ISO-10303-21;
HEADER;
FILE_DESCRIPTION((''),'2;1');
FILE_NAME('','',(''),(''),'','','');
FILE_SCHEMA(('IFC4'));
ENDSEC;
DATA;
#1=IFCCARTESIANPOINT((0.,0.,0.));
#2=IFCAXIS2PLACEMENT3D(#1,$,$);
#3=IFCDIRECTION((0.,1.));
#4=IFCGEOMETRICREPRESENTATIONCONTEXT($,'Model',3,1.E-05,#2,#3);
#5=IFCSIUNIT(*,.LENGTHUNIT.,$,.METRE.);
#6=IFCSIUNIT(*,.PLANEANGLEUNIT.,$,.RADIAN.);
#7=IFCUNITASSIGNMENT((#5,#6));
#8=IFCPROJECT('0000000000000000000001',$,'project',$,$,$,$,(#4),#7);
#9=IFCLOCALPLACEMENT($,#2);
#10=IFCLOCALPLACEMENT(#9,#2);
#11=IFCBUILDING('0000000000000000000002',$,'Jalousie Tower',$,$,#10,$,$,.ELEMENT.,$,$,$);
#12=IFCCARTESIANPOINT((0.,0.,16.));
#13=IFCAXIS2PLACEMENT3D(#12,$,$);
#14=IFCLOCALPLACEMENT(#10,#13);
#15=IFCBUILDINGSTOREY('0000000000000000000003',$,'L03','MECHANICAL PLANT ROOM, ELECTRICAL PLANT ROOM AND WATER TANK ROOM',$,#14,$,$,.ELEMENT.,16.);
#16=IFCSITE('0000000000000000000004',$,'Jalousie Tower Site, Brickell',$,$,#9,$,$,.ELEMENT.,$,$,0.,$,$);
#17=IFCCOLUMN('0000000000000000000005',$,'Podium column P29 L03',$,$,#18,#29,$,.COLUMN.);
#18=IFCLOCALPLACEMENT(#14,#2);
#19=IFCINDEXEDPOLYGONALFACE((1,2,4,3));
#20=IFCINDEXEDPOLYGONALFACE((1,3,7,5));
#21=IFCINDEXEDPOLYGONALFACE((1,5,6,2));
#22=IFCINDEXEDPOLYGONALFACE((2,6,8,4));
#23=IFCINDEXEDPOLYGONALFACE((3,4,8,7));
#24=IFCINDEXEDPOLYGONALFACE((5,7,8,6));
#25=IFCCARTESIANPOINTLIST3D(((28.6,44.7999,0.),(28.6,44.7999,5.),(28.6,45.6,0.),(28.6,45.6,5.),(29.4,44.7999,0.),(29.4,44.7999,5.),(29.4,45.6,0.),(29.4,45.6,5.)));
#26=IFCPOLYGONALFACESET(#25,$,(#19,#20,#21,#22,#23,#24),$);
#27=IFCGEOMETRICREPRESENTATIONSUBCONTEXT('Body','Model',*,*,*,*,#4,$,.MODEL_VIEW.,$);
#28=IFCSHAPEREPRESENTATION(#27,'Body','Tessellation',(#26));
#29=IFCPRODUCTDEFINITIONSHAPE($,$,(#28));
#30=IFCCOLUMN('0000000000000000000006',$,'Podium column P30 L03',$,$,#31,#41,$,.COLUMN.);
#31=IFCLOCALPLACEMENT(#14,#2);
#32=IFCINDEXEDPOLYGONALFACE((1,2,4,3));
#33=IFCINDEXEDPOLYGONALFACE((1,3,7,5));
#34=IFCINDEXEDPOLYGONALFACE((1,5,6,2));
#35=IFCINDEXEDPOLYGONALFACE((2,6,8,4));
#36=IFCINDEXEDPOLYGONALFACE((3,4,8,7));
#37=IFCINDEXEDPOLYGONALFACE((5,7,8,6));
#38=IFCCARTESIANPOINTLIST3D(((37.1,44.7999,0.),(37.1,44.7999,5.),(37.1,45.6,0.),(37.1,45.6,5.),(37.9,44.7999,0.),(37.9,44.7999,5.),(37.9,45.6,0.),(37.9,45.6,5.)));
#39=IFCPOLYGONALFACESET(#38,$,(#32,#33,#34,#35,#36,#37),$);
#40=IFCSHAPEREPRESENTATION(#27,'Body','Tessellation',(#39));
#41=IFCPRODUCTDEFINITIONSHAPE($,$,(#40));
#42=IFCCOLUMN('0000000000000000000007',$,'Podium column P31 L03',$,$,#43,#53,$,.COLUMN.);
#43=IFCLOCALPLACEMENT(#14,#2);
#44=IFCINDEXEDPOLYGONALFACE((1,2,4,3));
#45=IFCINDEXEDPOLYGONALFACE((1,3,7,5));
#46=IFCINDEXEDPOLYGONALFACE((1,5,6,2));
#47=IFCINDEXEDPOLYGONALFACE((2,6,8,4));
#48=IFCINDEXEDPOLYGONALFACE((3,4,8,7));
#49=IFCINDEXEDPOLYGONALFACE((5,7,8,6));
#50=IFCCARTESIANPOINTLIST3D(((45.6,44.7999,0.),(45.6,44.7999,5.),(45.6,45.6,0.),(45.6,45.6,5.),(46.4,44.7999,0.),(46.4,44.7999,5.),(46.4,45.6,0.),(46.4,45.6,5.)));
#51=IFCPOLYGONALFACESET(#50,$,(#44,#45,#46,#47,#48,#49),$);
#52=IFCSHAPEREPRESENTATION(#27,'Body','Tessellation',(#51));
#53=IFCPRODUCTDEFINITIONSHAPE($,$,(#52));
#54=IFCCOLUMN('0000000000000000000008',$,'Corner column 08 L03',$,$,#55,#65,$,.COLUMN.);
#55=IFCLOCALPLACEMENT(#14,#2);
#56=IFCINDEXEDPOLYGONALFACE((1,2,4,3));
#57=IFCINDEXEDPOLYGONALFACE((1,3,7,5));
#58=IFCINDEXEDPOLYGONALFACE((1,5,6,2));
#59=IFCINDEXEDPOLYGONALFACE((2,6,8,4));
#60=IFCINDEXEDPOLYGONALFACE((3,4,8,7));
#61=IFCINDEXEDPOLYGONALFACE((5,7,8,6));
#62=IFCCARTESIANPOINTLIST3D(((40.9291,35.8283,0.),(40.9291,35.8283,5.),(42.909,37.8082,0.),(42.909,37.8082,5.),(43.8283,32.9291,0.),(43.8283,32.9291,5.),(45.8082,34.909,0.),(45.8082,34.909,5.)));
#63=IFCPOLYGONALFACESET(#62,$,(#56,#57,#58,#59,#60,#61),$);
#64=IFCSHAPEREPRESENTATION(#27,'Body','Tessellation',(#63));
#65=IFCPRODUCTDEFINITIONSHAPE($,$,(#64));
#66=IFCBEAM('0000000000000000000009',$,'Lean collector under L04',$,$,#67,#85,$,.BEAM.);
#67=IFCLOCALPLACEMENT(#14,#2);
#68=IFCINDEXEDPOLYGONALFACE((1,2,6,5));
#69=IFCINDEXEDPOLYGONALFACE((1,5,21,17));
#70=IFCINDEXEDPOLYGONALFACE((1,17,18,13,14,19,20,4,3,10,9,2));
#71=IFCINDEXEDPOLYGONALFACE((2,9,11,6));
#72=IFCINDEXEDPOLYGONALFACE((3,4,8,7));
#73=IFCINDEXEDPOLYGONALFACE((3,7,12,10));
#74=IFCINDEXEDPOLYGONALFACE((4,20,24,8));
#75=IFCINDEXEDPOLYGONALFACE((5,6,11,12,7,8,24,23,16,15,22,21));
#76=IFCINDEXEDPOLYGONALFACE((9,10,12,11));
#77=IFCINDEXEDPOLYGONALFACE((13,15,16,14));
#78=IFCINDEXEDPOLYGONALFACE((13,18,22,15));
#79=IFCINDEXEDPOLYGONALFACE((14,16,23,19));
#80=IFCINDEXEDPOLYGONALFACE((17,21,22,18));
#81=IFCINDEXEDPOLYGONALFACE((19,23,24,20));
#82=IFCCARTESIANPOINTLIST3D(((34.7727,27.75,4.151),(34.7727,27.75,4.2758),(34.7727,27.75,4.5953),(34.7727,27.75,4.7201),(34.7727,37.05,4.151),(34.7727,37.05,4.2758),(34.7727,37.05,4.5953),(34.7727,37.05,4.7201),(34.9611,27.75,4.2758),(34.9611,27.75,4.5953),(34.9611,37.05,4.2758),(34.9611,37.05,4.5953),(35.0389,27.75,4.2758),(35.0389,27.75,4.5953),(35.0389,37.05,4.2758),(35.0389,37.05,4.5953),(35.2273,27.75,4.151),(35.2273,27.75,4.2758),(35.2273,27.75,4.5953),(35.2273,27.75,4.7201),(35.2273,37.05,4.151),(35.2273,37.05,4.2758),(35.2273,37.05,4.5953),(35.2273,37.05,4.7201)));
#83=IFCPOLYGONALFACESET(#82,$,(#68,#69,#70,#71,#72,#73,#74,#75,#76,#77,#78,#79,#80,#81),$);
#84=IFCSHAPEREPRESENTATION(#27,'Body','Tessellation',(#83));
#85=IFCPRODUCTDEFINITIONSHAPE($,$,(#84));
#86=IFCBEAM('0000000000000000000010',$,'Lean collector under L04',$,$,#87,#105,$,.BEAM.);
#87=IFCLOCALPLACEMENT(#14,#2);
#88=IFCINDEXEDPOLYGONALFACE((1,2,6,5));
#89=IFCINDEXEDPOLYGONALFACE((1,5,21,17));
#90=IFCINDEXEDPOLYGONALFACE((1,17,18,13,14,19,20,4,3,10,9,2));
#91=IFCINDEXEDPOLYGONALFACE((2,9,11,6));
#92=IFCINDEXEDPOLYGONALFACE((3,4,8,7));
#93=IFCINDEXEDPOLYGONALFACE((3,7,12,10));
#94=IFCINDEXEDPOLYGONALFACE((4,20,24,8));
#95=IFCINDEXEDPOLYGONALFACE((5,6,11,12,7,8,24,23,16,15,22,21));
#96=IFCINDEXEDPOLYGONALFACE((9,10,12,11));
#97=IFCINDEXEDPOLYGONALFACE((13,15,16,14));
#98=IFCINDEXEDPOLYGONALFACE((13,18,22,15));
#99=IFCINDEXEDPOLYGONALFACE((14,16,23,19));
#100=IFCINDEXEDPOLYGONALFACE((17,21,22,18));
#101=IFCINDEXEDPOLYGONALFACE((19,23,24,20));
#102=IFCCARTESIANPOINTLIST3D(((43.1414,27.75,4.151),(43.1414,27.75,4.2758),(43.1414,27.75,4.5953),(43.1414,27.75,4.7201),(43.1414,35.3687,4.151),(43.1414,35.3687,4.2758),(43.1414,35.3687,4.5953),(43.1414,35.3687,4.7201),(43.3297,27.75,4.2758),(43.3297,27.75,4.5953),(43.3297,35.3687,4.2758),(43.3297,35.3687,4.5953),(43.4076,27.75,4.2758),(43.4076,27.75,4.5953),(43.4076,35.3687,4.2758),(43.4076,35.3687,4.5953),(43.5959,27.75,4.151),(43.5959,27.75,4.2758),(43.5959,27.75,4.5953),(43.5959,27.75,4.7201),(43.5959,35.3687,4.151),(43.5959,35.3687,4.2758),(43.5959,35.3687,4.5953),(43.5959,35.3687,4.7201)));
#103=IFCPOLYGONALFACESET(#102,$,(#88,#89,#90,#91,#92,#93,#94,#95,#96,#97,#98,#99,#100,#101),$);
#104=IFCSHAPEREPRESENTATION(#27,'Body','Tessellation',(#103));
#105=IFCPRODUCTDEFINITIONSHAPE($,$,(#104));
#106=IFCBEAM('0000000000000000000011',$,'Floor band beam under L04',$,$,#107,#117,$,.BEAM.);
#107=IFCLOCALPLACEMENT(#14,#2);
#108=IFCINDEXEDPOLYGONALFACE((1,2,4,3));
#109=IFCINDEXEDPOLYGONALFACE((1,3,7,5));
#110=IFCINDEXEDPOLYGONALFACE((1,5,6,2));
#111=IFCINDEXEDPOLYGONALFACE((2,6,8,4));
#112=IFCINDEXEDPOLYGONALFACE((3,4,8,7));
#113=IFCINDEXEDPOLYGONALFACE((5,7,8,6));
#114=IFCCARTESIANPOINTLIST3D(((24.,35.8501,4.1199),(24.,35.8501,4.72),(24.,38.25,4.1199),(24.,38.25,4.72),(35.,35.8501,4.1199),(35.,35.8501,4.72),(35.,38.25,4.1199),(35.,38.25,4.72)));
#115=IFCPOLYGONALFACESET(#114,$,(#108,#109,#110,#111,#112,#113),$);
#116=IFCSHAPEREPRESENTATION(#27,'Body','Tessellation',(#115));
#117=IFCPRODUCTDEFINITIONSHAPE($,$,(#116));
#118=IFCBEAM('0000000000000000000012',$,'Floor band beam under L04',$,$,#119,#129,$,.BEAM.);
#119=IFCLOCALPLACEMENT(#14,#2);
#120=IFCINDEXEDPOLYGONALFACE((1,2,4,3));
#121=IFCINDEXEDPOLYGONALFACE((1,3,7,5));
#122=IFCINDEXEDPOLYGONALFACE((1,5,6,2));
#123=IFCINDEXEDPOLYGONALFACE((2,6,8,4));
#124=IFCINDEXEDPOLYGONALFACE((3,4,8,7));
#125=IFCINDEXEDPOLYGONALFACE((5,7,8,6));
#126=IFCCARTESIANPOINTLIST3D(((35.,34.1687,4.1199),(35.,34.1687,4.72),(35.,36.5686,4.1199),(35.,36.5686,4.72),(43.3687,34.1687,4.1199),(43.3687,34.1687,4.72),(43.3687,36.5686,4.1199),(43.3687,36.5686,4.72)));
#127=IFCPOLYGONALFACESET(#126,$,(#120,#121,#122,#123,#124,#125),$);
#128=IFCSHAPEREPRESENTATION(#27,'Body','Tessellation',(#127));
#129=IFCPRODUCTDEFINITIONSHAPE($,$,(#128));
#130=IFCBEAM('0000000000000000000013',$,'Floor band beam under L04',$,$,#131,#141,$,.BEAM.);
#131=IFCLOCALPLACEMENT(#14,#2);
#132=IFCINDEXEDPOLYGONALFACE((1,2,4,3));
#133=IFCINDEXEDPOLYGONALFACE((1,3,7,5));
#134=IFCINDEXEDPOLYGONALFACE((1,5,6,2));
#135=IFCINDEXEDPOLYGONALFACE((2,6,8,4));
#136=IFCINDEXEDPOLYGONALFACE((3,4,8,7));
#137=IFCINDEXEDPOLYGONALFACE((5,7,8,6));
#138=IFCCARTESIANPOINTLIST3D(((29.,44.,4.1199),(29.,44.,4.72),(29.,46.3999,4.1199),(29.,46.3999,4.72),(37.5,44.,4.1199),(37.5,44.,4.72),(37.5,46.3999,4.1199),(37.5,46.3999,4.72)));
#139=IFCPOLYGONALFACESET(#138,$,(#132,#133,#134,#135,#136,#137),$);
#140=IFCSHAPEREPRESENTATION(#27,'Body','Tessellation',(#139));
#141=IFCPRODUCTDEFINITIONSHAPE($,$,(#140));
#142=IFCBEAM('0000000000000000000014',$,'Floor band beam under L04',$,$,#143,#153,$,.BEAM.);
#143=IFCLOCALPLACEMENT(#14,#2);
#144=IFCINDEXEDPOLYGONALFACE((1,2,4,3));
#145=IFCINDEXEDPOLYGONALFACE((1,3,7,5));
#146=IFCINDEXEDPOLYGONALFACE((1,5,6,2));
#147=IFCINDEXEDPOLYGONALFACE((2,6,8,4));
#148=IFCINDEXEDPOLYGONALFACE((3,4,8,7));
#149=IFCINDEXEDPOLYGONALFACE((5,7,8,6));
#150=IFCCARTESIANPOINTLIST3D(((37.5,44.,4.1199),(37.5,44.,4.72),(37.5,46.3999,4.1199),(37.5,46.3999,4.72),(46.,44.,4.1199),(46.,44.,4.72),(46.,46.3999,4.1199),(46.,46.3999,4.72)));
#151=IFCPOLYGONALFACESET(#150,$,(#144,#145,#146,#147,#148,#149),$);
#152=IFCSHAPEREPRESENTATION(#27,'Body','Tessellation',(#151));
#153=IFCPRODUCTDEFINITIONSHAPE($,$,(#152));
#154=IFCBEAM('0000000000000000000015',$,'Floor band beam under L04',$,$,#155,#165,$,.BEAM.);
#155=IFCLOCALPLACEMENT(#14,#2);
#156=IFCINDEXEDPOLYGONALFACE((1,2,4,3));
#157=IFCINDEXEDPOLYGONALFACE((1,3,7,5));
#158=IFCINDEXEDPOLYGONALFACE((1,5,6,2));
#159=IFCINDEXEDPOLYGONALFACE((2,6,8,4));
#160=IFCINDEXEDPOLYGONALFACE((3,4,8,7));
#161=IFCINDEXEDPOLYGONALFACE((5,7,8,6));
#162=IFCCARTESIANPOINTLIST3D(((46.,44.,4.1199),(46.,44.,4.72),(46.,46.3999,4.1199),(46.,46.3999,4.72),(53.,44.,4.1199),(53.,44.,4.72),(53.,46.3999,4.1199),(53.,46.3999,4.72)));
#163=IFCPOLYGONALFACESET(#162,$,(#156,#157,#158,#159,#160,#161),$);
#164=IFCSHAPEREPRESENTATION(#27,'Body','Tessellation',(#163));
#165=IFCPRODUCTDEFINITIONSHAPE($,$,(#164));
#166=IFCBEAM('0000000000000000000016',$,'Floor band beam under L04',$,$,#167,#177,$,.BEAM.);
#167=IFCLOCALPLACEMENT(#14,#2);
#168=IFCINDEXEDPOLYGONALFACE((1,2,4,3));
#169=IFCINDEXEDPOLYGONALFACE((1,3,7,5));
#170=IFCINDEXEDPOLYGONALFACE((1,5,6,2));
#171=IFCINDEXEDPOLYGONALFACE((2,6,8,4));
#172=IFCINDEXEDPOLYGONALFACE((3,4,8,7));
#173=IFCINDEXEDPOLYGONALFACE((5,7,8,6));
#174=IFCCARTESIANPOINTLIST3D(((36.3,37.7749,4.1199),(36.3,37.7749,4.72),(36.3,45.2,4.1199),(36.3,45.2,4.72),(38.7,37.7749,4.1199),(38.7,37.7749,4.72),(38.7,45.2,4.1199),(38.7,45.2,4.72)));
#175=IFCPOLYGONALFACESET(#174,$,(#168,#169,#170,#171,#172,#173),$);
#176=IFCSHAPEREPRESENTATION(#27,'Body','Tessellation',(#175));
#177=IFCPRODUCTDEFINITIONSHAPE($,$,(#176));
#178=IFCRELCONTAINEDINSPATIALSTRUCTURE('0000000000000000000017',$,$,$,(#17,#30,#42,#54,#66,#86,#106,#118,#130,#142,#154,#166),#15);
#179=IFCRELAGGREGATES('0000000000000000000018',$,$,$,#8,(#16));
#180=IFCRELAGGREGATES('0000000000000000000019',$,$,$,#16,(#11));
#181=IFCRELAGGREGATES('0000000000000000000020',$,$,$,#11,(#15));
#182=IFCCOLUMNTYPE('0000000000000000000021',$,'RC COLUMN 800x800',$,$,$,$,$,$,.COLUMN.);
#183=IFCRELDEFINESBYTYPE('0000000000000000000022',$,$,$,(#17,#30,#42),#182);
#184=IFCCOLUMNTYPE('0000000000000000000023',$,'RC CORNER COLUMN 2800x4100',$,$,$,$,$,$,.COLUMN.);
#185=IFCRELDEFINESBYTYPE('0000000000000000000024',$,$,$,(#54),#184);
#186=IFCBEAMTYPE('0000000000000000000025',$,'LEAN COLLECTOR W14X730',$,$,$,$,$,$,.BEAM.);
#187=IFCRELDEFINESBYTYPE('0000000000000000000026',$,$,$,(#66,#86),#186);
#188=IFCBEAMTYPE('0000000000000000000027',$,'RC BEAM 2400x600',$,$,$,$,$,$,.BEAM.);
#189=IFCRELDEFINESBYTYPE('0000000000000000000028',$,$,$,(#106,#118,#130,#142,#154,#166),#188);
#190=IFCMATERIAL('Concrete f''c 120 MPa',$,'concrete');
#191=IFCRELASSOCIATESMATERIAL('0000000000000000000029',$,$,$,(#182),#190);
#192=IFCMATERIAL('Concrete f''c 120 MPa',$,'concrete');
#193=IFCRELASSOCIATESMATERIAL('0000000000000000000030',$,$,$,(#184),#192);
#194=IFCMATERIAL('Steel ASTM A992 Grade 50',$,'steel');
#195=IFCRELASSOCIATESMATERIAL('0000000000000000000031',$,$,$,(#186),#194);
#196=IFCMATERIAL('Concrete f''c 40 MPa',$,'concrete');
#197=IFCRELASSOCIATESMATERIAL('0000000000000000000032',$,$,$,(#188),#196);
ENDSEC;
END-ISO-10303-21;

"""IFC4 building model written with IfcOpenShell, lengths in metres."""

from ifc_helpers import new_model, si_unit, direction, frame, origin, origin_2d, place, context, subcontext, project, spatial, rectangle, i_section, extrude, material, material_profile, profile_set, type_object, element, save


model = new_model("IFC4")

# Units and contexts
model_context = context("Model", 3, precision=1e-05, world=origin(), true_north=direction((0.0, 1.0)))
body_context = subcontext(model_context, "Body", "Model", "MODEL_VIEW")
ifc_project = project(units=[si_unit("LENGTHUNIT", "METRE"), si_unit("PLANEANGLEUNIT", "RADIAN")], contexts=[model_context])

# Site, building, storey
site_placement = place(None, origin())
site = spatial("IfcSite", under=ifc_project, at=site_placement, Name="Jalousie Tower Site, Brickell", CompositionType="ELEMENT", RefElevation=0.0)
building_placement = place(site_placement, origin())
building = spatial("IfcBuilding", under=site, at=building_placement, Name="Jalousie Tower", CompositionType="ELEMENT")
storey_placement = place(building_placement, frame((0.0, 0.0, 16.0)))
storey = spatial("IfcBuildingStorey", under=building, at=storey_placement, Name="L03", Description="MECHANICAL PLANT ROOM, ELECTRICAL PLANT ROOM AND WATER TANK ROOM", CompositionType="ELEMENT", Elevation=16.0)

# Columns
ifc_material_1 = material(Name="Concrete f'c 120 MPa", Category="concrete")
ifc_material_profile_1 = material_profile(ifc_material_1, rectangle(XDim=0.8, YDim=0.8, at=origin_2d()), Name="RC 800x800")
ifc_profile_set_1 = profile_set([ifc_material_profile_1], Name="Concrete f'c 120 MPa")
column_type_1 = type_object("IfcColumnType", Name="RC COLUMN 800x800", PredefinedType="COLUMN", material=ifc_profile_set_1)
for number, where, z_axis, x_axis, name in (
    (1, (29.0, 45.2, 0.0), (0.0, 0.0, 1.0), (1.0, 0.0, 0.0), "Podium column P29 L03"),
    (2, (37.5, 45.2, 0.0), (0.0, 0.0, 1.0), (1.0, 0.0, 0.0), "Podium column P30 L03"),
    (3, (46.0, 45.2, 0.0), (0.0, 0.0, 1.0), (1.0, 0.0, 0.0), "Podium column P31 L03"),
):
    element("IfcColumn", number, at=place(storey_placement, frame(where, z_axis=z_axis, x_axis=x_axis)), inside=storey, type_object=column_type_1, Name=name, PredefinedType="COLUMN", context=body_context, shape_type="SweptSolid", body=[
        extrude(rectangle(XDim=0.8, YDim=0.8, at=origin_2d()), origin(), (0.0, 0.0, 1.0), 5.0),
    ])
ifc_material_2 = material(Name="Concrete f'c 120 MPa", Category="concrete")
ifc_material_profile_2 = material_profile(ifc_material_2, rectangle(XDim=2.8, YDim=4.1001, at=origin_2d()), Name="RC 2800x4100")
ifc_profile_set_2 = profile_set([ifc_material_profile_2], Name="Concrete f'c 120 MPa")
column_type_2 = type_object("IfcColumnType", Name="RC CORNER COLUMN 2800x4100", PredefinedType="COLUMN", material=ifc_profile_set_2)
column_placement = place(storey_placement, frame((43.3687, 35.3687, 0.0), z_axis=(0.0, 0.0, 1.0), x_axis=(-0.707107, -0.707107, 0.0)))
element("IfcColumn", 4, at=column_placement, inside=storey, type_object=column_type_2, Name="Corner column 08 L03", PredefinedType="COLUMN", context=body_context, shape_type="SweptSolid", body=[
    extrude(rectangle(XDim=2.8, YDim=4.1001, at=origin_2d()), origin(), (0.0, 0.0, 1.0), 5.0),
])

# Beams
ifc_material_3 = material(Name="Steel ASTM A992 Grade 50", Category="steel")
ifc_material_profile_3 = material_profile(ifc_material_3, i_section(OverallWidth=0.4546, OverallDepth=0.5691, WebThickness=0.0779, FlangeThickness=0.1248, at=origin_2d()), Name="W14X730")
ifc_profile_set_3 = profile_set([ifc_material_profile_3], Name="Steel ASTM A992 Grade 50")
beam_type_1 = type_object("IfcBeamType", Name="LEAN COLLECTOR W14X730", PredefinedType="BEAM", material=ifc_profile_set_3)
beam_1_placement = place(storey_placement, frame((35.0, 37.05, 4.4355), z_axis=(0.0, -1.0, 0.0), x_axis=(1.0, 0.0, 0.0)))
element("IfcBeam", 5, at=beam_1_placement, inside=storey, type_object=beam_type_1, Name="Lean collector under L04", PredefinedType="BEAM", context=body_context, shape_type="SweptSolid", body=[
    extrude(i_section(OverallWidth=0.4546, OverallDepth=0.5691, WebThickness=0.0779, FlangeThickness=0.1248, at=origin_2d()), origin(), (0.0, 0.0, 1.0), 9.3),
])
beam_2_placement = place(storey_placement, frame((43.3687, 35.3687, 4.4355), z_axis=(0.0, -1.0, 0.0), x_axis=(1.0, 0.0, 0.0)))
element("IfcBeam", 6, at=beam_2_placement, inside=storey, type_object=beam_type_1, Name="Lean collector under L04", PredefinedType="BEAM", context=body_context, shape_type="SweptSolid", body=[
    extrude(i_section(OverallWidth=0.4546, OverallDepth=0.5691, WebThickness=0.0779, FlangeThickness=0.1248, at=origin_2d()), origin(), (0.0, 0.0, 1.0), 7.6187),
])
ifc_material_4 = material(Name="Concrete f'c 40 MPa", Category="concrete")
ifc_material_profile_4 = material_profile(ifc_material_4, rectangle(XDim=2.3999, YDim=0.6001, at=origin_2d()), Name="RC 2400x600")
ifc_profile_set_4 = profile_set([ifc_material_profile_4], Name="Concrete f'c 40 MPa")
beam_type_2 = type_object("IfcBeamType", Name="RC BEAM 2400x600", PredefinedType="BEAM", material=ifc_profile_set_4)
beam_3_placement = place(storey_placement, frame((35.0, 37.05, 4.4199), z_axis=(-1.0, 0.0, 0.0), x_axis=(0.0, -1.0, 0.0)))
element("IfcBeam", 7, at=beam_3_placement, inside=storey, type_object=beam_type_2, Name="Floor band beam under L04", PredefinedType="BEAM", context=body_context, shape_type="SweptSolid", body=[
    extrude(rectangle(XDim=2.3999, YDim=0.6001, at=origin_2d()), origin(), (0.0, 0.0, 1.0), 11.0),
])
beam_4_placement = place(storey_placement, frame((43.3687, 35.3687, 4.4199), z_axis=(-1.0, 0.0, 0.0), x_axis=(0.0, -1.0, 0.0)))
element("IfcBeam", 8, at=beam_4_placement, inside=storey, type_object=beam_type_2, Name="Floor band beam under L04", PredefinedType="BEAM", context=body_context, shape_type="SweptSolid", body=[
    extrude(rectangle(XDim=2.3999, YDim=0.6001, at=origin_2d()), origin(), (0.0, 0.0, 1.0), 8.3687),
])
for number, where, z_axis, x_axis, name in (
    (9, (29.0, 45.2, 4.4199), (1.0, 0.0, 0.0), (0.0, 1.0, 0.0), "Floor band beam under L04"),
    (10, (37.5, 45.2, 4.4199), (1.0, 0.0, 0.0), (0.0, 1.0, 0.0), "Floor band beam under L04"),
):
    element("IfcBeam", number, at=place(storey_placement, frame(where, z_axis=z_axis, x_axis=x_axis)), inside=storey, type_object=beam_type_2, Name=name, PredefinedType="BEAM", context=body_context, shape_type="SweptSolid", body=[
        extrude(rectangle(XDim=2.3999, YDim=0.6001, at=origin_2d()), origin(), (0.0, 0.0, 1.0), 8.5),
    ])
beam_5_placement = place(storey_placement, frame((46.0, 45.2, 4.4199), z_axis=(1.0, 0.0, 0.0), x_axis=(0.0, 1.0, 0.0)))
element("IfcBeam", 11, at=beam_5_placement, inside=storey, type_object=beam_type_2, Name="Floor band beam under L04", PredefinedType="BEAM", context=body_context, shape_type="SweptSolid", body=[
    extrude(rectangle(XDim=2.3999, YDim=0.6001, at=origin_2d()), origin(), (0.0, 0.0, 1.0), 7.0),
])
beam_6_placement = place(storey_placement, frame((37.5, 45.2, 4.4199), z_axis=(0.0, -1.0, 0.0), x_axis=(1.0, 0.0, 0.0)))
element("IfcBeam", 12, at=beam_6_placement, inside=storey, type_object=beam_type_2, Name="Floor band beam under L04", PredefinedType="BEAM", context=body_context, shape_type="SweptSolid", body=[
    extrude(rectangle(XDim=2.3999, YDim=0.6001, at=origin_2d()), origin(), (0.0, 0.0, 1.0), 7.425),
])

save(model, "model.ifc")
